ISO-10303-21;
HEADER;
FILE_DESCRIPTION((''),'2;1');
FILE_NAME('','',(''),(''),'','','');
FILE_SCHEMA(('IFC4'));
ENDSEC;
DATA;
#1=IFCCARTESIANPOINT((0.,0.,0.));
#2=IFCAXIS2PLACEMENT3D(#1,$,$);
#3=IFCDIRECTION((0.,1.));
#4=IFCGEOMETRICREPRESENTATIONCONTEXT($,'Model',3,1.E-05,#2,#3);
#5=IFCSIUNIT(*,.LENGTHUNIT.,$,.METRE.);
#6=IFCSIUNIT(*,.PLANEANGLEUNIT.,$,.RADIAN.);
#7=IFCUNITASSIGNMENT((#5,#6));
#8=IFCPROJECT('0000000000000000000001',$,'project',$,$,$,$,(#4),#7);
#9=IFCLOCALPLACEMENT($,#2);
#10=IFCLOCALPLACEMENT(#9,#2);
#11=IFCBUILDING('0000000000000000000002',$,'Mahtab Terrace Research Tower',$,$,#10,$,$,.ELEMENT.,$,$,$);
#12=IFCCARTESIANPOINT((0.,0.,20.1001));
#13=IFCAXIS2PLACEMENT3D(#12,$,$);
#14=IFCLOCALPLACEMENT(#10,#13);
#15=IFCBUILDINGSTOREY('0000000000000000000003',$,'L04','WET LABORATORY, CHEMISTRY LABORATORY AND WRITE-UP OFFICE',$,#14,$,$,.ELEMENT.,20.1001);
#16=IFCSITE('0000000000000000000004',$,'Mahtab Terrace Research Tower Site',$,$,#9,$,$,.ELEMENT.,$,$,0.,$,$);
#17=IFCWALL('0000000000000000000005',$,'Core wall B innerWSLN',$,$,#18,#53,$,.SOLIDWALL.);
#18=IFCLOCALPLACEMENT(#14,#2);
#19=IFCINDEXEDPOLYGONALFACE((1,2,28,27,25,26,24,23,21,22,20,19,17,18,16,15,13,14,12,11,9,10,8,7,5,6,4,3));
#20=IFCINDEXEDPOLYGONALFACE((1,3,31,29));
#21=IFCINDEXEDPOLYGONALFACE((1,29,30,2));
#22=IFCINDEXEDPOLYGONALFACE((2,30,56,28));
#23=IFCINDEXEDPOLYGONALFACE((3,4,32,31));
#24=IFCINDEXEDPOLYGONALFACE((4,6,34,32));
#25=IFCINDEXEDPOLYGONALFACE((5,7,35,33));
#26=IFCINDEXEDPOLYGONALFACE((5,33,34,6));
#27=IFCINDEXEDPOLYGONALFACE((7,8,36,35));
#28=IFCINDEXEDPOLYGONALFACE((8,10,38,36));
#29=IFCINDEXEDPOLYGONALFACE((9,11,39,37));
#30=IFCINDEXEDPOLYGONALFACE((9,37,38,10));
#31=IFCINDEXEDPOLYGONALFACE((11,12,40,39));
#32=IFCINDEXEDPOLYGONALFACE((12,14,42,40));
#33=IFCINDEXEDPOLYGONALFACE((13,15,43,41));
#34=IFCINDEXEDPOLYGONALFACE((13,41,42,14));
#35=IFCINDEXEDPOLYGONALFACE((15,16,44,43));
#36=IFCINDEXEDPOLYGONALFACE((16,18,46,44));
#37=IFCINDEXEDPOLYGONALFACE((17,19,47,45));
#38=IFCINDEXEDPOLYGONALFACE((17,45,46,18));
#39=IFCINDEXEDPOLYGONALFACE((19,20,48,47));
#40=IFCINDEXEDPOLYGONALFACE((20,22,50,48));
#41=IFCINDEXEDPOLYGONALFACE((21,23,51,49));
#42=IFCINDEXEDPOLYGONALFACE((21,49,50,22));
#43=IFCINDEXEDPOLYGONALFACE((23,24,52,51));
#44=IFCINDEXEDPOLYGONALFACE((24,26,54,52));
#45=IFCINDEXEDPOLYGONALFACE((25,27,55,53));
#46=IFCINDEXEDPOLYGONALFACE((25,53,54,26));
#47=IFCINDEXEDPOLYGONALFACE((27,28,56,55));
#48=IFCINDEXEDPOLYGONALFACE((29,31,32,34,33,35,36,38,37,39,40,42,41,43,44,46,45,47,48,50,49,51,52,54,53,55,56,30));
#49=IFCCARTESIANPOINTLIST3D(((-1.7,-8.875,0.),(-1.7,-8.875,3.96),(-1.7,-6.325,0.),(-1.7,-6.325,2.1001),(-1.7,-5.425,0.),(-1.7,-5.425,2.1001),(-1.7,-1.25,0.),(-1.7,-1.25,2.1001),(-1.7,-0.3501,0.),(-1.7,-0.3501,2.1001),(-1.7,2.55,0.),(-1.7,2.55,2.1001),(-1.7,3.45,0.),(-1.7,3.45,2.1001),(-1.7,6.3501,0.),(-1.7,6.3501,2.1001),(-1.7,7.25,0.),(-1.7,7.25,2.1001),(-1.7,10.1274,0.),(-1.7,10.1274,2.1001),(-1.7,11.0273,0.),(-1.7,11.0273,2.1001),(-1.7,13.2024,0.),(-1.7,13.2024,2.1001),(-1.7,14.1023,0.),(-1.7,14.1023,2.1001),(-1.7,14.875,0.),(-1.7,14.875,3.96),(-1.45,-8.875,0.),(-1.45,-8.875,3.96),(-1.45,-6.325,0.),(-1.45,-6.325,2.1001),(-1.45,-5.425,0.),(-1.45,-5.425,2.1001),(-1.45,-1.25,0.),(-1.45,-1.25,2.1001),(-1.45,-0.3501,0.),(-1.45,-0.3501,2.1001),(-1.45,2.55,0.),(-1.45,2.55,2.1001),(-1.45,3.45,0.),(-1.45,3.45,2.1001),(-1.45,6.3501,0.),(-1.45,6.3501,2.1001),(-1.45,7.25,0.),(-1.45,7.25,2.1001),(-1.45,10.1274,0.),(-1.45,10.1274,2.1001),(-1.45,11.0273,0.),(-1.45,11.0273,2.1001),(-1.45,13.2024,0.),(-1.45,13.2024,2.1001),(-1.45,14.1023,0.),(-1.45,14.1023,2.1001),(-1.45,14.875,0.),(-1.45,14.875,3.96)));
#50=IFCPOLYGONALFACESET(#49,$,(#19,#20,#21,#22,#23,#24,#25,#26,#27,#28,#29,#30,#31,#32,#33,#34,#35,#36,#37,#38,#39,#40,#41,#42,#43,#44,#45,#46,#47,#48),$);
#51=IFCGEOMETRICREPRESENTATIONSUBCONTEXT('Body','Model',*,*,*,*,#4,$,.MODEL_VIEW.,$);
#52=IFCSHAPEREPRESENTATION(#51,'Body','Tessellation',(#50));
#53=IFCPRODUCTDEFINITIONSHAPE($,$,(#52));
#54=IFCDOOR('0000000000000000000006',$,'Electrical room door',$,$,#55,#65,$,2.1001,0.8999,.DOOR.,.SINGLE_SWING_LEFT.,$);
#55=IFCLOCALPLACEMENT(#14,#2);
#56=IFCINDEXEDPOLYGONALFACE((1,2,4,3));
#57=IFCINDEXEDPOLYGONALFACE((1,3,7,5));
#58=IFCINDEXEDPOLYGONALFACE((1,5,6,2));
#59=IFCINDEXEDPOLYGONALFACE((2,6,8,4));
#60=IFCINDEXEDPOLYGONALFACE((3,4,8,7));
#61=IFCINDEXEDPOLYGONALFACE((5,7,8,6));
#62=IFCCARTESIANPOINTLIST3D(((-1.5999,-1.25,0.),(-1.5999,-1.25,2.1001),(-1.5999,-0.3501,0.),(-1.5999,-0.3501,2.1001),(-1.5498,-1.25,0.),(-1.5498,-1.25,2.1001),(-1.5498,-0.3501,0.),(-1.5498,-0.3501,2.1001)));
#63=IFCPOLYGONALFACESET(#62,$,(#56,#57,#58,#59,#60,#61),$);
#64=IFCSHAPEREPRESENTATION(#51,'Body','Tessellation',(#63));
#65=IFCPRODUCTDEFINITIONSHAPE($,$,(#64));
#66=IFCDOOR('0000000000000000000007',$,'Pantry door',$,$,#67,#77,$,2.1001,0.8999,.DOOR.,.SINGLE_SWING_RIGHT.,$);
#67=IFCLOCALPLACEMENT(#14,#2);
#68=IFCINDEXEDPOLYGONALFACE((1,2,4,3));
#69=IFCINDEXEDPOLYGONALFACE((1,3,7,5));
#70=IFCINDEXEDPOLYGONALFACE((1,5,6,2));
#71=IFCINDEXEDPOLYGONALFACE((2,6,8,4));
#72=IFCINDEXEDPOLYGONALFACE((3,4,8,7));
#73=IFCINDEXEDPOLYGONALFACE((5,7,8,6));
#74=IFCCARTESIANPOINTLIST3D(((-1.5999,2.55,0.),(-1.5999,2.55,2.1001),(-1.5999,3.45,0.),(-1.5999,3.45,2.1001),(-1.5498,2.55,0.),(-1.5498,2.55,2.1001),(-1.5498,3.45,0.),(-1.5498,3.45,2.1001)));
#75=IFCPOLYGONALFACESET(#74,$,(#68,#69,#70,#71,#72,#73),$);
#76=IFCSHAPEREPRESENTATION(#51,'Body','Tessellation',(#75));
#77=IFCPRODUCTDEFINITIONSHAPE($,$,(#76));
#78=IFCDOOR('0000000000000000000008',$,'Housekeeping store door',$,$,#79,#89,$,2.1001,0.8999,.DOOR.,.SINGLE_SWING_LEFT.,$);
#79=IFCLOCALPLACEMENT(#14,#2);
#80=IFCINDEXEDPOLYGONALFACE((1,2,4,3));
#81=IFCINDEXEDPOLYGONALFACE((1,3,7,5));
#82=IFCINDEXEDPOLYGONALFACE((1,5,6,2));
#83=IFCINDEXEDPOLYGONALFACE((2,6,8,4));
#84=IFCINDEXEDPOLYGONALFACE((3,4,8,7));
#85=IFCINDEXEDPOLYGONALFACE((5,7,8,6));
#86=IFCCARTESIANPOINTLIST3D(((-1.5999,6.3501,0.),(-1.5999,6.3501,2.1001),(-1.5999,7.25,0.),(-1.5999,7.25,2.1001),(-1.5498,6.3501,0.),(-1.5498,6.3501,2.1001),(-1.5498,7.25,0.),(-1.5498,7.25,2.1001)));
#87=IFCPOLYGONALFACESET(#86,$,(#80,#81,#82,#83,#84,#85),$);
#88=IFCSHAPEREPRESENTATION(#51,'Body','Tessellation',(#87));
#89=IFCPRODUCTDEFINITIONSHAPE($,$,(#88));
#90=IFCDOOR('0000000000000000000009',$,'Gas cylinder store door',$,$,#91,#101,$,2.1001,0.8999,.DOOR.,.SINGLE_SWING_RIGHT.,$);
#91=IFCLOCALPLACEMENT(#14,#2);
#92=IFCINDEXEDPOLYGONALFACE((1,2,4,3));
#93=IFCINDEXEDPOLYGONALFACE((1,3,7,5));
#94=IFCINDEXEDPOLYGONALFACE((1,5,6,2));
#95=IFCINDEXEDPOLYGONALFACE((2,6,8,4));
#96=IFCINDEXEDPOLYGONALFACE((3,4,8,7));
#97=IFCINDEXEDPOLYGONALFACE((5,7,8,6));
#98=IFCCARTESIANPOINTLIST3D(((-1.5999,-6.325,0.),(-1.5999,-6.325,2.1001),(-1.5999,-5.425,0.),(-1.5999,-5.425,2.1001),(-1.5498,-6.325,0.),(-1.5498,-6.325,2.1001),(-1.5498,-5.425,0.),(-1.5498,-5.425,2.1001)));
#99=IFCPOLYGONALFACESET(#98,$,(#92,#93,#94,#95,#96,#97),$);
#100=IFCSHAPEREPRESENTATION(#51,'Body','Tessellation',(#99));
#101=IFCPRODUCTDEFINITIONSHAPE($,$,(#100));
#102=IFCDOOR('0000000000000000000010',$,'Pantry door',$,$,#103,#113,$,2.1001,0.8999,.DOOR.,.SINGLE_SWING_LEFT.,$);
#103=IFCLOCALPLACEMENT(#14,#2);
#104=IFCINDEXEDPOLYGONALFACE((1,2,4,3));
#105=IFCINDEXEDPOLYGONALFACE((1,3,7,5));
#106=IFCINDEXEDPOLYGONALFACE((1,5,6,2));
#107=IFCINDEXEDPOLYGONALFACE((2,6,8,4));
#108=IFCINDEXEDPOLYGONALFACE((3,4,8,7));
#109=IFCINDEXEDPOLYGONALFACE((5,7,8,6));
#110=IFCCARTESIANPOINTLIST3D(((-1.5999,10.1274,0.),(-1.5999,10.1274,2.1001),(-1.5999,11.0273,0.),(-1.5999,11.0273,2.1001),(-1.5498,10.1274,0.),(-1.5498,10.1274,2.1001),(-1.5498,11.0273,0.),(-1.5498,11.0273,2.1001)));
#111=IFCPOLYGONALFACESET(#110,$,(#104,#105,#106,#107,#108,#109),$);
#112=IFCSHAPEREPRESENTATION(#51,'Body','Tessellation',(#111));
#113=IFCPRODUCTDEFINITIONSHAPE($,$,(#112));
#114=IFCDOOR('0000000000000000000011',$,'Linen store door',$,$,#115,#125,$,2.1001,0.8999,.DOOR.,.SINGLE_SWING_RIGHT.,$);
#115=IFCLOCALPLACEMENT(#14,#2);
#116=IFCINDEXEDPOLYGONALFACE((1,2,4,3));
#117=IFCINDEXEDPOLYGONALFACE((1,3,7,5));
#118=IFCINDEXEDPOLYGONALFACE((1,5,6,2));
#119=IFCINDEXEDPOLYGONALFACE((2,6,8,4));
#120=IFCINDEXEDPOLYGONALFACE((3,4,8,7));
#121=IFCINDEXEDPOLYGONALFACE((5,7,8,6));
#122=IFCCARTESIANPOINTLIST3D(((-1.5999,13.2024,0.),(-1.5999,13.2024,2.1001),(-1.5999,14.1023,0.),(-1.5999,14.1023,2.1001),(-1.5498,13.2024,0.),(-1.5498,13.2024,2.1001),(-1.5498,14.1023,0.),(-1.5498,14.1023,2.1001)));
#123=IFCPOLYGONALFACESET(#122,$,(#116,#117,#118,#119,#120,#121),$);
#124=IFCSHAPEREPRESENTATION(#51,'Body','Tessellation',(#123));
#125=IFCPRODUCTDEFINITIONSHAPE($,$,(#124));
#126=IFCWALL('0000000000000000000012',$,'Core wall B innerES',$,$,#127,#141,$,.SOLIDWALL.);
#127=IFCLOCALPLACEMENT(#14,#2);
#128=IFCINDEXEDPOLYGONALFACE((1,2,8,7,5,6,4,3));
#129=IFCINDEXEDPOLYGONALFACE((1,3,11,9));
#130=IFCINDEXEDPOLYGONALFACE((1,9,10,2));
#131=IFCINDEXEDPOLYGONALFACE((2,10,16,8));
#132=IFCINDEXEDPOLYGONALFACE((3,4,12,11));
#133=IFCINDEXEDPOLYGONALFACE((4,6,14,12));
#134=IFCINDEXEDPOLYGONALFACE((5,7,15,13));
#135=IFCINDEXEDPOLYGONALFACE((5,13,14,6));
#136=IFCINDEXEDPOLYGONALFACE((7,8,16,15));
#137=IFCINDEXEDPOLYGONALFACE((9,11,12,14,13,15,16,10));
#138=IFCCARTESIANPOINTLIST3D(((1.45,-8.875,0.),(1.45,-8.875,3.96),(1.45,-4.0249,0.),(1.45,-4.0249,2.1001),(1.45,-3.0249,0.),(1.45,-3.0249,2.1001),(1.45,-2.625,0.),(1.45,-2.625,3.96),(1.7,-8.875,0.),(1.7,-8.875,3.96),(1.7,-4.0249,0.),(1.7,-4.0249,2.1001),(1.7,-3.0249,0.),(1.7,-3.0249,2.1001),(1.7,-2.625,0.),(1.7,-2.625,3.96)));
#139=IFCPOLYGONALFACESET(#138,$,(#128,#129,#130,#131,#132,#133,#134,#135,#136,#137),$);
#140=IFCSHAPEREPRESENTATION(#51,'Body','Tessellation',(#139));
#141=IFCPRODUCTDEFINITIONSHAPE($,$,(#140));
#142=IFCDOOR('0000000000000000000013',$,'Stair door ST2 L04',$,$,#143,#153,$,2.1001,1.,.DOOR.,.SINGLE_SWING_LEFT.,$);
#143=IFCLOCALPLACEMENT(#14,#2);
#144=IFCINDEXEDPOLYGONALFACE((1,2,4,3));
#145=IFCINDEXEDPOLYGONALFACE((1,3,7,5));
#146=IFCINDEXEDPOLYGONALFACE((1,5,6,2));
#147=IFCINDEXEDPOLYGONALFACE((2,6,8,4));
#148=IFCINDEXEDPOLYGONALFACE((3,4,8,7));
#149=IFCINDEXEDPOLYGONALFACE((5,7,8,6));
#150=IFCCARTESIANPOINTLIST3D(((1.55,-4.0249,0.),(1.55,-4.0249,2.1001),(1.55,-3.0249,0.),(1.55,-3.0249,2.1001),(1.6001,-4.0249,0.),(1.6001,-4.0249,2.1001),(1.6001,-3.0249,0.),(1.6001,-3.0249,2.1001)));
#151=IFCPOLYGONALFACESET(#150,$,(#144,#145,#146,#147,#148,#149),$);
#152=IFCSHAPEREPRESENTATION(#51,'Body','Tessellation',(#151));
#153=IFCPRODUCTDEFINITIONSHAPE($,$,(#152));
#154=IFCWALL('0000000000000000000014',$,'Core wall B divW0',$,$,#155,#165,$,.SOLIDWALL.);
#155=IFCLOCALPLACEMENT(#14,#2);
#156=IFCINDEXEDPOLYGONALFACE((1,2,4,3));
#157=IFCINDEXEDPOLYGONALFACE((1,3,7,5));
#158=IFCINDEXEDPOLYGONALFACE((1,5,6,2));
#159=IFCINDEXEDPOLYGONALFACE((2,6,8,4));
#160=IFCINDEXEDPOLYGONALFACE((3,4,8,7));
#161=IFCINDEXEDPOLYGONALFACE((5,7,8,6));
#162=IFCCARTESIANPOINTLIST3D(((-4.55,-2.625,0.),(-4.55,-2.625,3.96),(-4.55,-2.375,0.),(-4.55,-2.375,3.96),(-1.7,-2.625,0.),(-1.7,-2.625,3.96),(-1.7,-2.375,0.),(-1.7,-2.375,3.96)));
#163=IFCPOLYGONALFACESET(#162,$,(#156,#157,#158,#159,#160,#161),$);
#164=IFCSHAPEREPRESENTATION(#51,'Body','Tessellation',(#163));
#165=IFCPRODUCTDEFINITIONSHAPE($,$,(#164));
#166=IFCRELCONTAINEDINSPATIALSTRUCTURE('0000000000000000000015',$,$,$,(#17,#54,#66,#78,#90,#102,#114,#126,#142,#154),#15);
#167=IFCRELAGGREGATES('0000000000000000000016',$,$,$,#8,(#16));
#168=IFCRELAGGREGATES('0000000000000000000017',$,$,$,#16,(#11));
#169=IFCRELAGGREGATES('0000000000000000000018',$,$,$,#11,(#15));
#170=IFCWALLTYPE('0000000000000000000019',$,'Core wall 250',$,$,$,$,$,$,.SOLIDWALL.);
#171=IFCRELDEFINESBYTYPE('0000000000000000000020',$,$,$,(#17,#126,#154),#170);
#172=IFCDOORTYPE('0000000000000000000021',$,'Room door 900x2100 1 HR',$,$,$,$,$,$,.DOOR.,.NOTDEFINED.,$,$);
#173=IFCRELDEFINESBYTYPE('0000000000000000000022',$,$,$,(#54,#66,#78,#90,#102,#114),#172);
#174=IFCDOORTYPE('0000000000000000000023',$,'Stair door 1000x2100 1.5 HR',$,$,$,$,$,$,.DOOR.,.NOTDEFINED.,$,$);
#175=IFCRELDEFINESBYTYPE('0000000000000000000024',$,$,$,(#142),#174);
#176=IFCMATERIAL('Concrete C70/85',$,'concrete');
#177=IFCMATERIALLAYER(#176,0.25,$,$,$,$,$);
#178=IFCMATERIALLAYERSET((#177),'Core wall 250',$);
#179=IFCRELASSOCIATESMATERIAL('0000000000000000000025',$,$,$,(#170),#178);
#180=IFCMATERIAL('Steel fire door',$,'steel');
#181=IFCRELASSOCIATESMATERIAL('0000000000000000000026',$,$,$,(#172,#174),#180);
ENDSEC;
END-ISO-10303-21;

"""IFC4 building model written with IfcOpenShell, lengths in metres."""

from ifc_helpers import new_model, si_unit, direction, frame, frame_2d, origin, place, context, subcontext, project, spatial, rectangle, extrude, material, layer, layer_set, type_object, element, fill, save


model = new_model("IFC4")

# Units and contexts
model_context = context("Model", 3, precision=1e-05, world=origin(), true_north=direction((0.0, 1.0)))
body_context = subcontext(model_context, "Body", "Model", "MODEL_VIEW")
ifc_project = project(units=[si_unit("LENGTHUNIT", "METRE"), si_unit("PLANEANGLEUNIT", "RADIAN")], contexts=[model_context])

# Site, building, storey
site_placement = place(None, origin())
site = spatial("IfcSite", under=ifc_project, at=site_placement, Name="Mahtab Terrace Research Tower Site", CompositionType="ELEMENT", RefElevation=0.0)
building_placement = place(site_placement, origin())
building = spatial("IfcBuilding", under=site, at=building_placement, Name="Mahtab Terrace Research Tower", CompositionType="ELEMENT")
storey_placement = place(building_placement, frame((0.0, 0.0, 20.1001)))
storey = spatial("IfcBuildingStorey", under=building, at=storey_placement, Name="L04", Description="WET LABORATORY, CHEMISTRY LABORATORY AND WRITE-UP OFFICE", CompositionType="ELEMENT", Elevation=20.1001)

# Shared definitions
ifc_material_1 = material(Name="Concrete C70/85", Category="concrete")

# Wall, openings, doors
ifc_layer_1 = layer(ifc_material_1, 0.25)
ifc_layer_set_1 = layer_set([ifc_layer_1], Name="Core wall 250")
wall_type_1 = type_object("IfcWallType", Name="Core wall 250", PredefinedType="SOLIDWALL", material=ifc_layer_set_1)
wall_1_placement = place(storey_placement, frame((-1.575, -8.875, 0.0), z_axis=(0.0, 0.0, 1.0), x_axis=(0.0, 1.0, 0.0)))
wall_1 = element("IfcWall", 1, at=wall_1_placement, inside=storey, type_object=wall_type_1, Name="Core wall B innerWSLN", PredefinedType="SOLIDWALL", context=body_context, shape_type="SweptSolid", body=[
    extrude(rectangle(XDim=23.75, YDim=0.25, at=frame_2d((11.875, 0.0))), origin(), (0.0, 0.0, 1.0), 3.96),
])
opening_1_placement = place(wall_1_placement, frame((7.625, 0.0, 0.0)))
opening_1 = element("IfcOpeningElement", 2, at=opening_1_placement, cuts=wall_1, PredefinedType="OPENING", context=body_context, shape_type="SweptSolid", body=[
    extrude(rectangle(XDim=0.8999, YDim=2.1001, at=frame_2d((0.45, 1.05))), frame((0.0, 0.135, 0.0), z_axis=(0.0, -1.0, 0.0), x_axis=(1.0, 0.0, 0.0)), (0.0, 0.0, 1.0), 0.27),
])
opening_2_placement = place(wall_1_placement, frame((11.425, 0.0, 0.0)))
opening_2 = element("IfcOpeningElement", 3, at=opening_2_placement, cuts=wall_1, PredefinedType="OPENING", context=body_context, shape_type="SweptSolid", body=[
    extrude(rectangle(XDim=0.8999, YDim=2.1001, at=frame_2d((0.45, 1.05))), frame((0.0, 0.135, 0.0), z_axis=(0.0, -1.0, 0.0), x_axis=(1.0, 0.0, 0.0)), (0.0, 0.0, 1.0), 0.27),
])
opening_3_placement = place(wall_1_placement, frame((15.2251, 0.0, 0.0)))
opening_3 = element("IfcOpeningElement", 4, at=opening_3_placement, cuts=wall_1, PredefinedType="OPENING", context=body_context, shape_type="SweptSolid", body=[
    extrude(rectangle(XDim=0.8999, YDim=2.1001, at=frame_2d((0.45, 1.05))), frame((0.0, 0.135, 0.0), z_axis=(0.0, -1.0, 0.0), x_axis=(1.0, 0.0, 0.0)), (0.0, 0.0, 1.0), 0.27),
])
opening_4_placement = place(wall_1_placement, frame((2.55, 0.0, 0.0)))
opening_4 = element("IfcOpeningElement", 5, at=opening_4_placement, cuts=wall_1, PredefinedType="OPENING", context=body_context, shape_type="SweptSolid", body=[
    extrude(rectangle(XDim=0.8999, YDim=2.1001, at=frame_2d((0.45, 1.05))), frame((0.0, 0.135, 0.0), z_axis=(0.0, -1.0, 0.0), x_axis=(1.0, 0.0, 0.0)), (0.0, 0.0, 1.0), 0.27),
])
opening_5_placement = place(wall_1_placement, frame((19.0024, 0.0, 0.0)))
opening_5 = element("IfcOpeningElement", 6, at=opening_5_placement, cuts=wall_1, PredefinedType="OPENING", context=body_context, shape_type="SweptSolid", body=[
    extrude(rectangle(XDim=0.8999, YDim=2.1001, at=frame_2d((0.45, 1.05))), frame((0.0, 0.135, 0.0), z_axis=(0.0, -1.0, 0.0), x_axis=(1.0, 0.0, 0.0)), (0.0, 0.0, 1.0), 0.27),
])
opening_6_placement = place(wall_1_placement, frame((22.0774, 0.0, 0.0)))
opening_6 = element("IfcOpeningElement", 7, at=opening_6_placement, cuts=wall_1, PredefinedType="OPENING", context=body_context, shape_type="SweptSolid", body=[
    extrude(rectangle(XDim=0.8999, YDim=2.1001, at=frame_2d((0.45, 1.05))), frame((0.0, 0.135, 0.0), z_axis=(0.0, -1.0, 0.0), x_axis=(1.0, 0.0, 0.0)), (0.0, 0.0, 1.0), 0.27),
])
ifc_material_2 = material(Name="Steel fire door", Category="steel")
door_type_1 = type_object("IfcDoorType", Name="Room door 900x2100 1 HR", OperationType="NOTDEFINED", PredefinedType="DOOR", material=ifc_material_2)
door_1_placement = place(opening_1_placement, origin())
door_1 = element("IfcDoor", 8, at=door_1_placement, inside=storey, type_object=door_type_1, Name="Electrical room door", OperationType="SINGLE_SWING_LEFT", OverallHeight=2.1001, OverallWidth=0.8999, PredefinedType="DOOR", context=body_context, shape_type="SweptSolid", body=[
    extrude(rectangle(XDim=0.8999, YDim=2.1001, at=frame_2d((0.45, 1.05))), frame((0.0, 0.0249, 0.0), z_axis=(0.0, -1.0, 0.0), x_axis=(1.0, 0.0, 0.0)), (0.0, 0.0, 1.0), 0.05),
])
fill(opening_1, door_1)
door_2_placement = place(opening_2_placement, origin())
door_2 = element("IfcDoor", 9, at=door_2_placement, inside=storey, type_object=door_type_1, Name="Pantry door", OperationType="SINGLE_SWING_RIGHT", OverallHeight=2.1001, OverallWidth=0.8999, PredefinedType="DOOR", context=body_context, shape_type="SweptSolid", body=[
    extrude(rectangle(XDim=0.8999, YDim=2.1001, at=frame_2d((0.45, 1.05))), frame((0.0, 0.0249, 0.0), z_axis=(0.0, -1.0, 0.0), x_axis=(1.0, 0.0, 0.0)), (0.0, 0.0, 1.0), 0.05),
])
fill(opening_2, door_2)
door_3_placement = place(opening_3_placement, origin())
door_3 = element("IfcDoor", 10, at=door_3_placement, inside=storey, type_object=door_type_1, Name="Housekeeping store door", OperationType="SINGLE_SWING_LEFT", OverallHeight=2.1001, OverallWidth=0.8999, PredefinedType="DOOR", context=body_context, shape_type="SweptSolid", body=[
    extrude(rectangle(XDim=0.8999, YDim=2.1001, at=frame_2d((0.45, 1.05))), frame((0.0, 0.0249, 0.0), z_axis=(0.0, -1.0, 0.0), x_axis=(1.0, 0.0, 0.0)), (0.0, 0.0, 1.0), 0.05),
])
fill(opening_3, door_3)
door_4_placement = place(opening_4_placement, origin())
door_4 = element("IfcDoor", 11, at=door_4_placement, inside=storey, type_object=door_type_1, Name="Gas cylinder store door", OperationType="SINGLE_SWING_RIGHT", OverallHeight=2.1001, OverallWidth=0.8999, PredefinedType="DOOR", context=body_context, shape_type="SweptSolid", body=[
    extrude(rectangle(XDim=0.8999, YDim=2.1001, at=frame_2d((0.45, 1.05))), frame((0.0, 0.0249, 0.0), z_axis=(0.0, -1.0, 0.0), x_axis=(1.0, 0.0, 0.0)), (0.0, 0.0, 1.0), 0.05),
])
fill(opening_4, door_4)
door_5_placement = place(opening_5_placement, origin())
door_5 = element("IfcDoor", 12, at=door_5_placement, inside=storey, type_object=door_type_1, Name="Pantry door", OperationType="SINGLE_SWING_LEFT", OverallHeight=2.1001, OverallWidth=0.8999, PredefinedType="DOOR", context=body_context, shape_type="SweptSolid", body=[
    extrude(rectangle(XDim=0.8999, YDim=2.1001, at=frame_2d((0.45, 1.05))), frame((0.0, 0.0249, 0.0), z_axis=(0.0, -1.0, 0.0), x_axis=(1.0, 0.0, 0.0)), (0.0, 0.0, 1.0), 0.05),
])
fill(opening_5, door_5)
door_6_placement = place(opening_6_placement, origin())
door_6 = element("IfcDoor", 13, at=door_6_placement, inside=storey, type_object=door_type_1, Name="Linen store door", OperationType="SINGLE_SWING_RIGHT", OverallHeight=2.1001, OverallWidth=0.8999, PredefinedType="DOOR", context=body_context, shape_type="SweptSolid", body=[
    extrude(rectangle(XDim=0.8999, YDim=2.1001, at=frame_2d((0.45, 1.05))), frame((0.0, 0.0249, 0.0), z_axis=(0.0, -1.0, 0.0), x_axis=(1.0, 0.0, 0.0)), (0.0, 0.0, 1.0), 0.05),
])
fill(opening_6, door_6)

# Wall, opening, door
wall_2_placement = place(storey_placement, frame((1.575, -8.875, 0.0), z_axis=(0.0, 0.0, 1.0), x_axis=(0.0, 1.0, 0.0)))
wall_2 = element("IfcWall", 14, at=wall_2_placement, inside=storey, type_object=wall_type_1, Name="Core wall B innerES", PredefinedType="SOLIDWALL", context=body_context, shape_type="SweptSolid", body=[
    extrude(rectangle(XDim=6.25, YDim=0.25, at=frame_2d((3.125, 0.0))), origin(), (0.0, 0.0, 1.0), 3.96),
])
opening_7_placement = place(wall_2_placement, frame((4.8501, 0.0, 0.0)))
opening_7 = element("IfcOpeningElement", 15, at=opening_7_placement, cuts=wall_2, PredefinedType="OPENING", context=body_context, shape_type="SweptSolid", body=[
    extrude(rectangle(XDim=1.0, YDim=2.1001, at=frame_2d((0.5, 1.05))), frame((0.0, 0.135, 0.0), z_axis=(0.0, -1.0, 0.0), x_axis=(1.0, 0.0, 0.0)), (0.0, 0.0, 1.0), 0.27),
])
door_type_2 = type_object("IfcDoorType", Name="Stair door 1000x2100 1.5 HR", OperationType="NOTDEFINED", PredefinedType="DOOR", material=ifc_material_2)
door_7_placement = place(opening_7_placement, origin())
door_7 = element("IfcDoor", 16, at=door_7_placement, inside=storey, type_object=door_type_2, Name="Stair door ST2 L04", OperationType="SINGLE_SWING_LEFT", OverallHeight=2.1001, OverallWidth=1.0, PredefinedType="DOOR", context=body_context, shape_type="SweptSolid", body=[
    extrude(rectangle(XDim=1.0, YDim=2.1001, at=frame_2d((0.5, 1.05))), frame((0.0, 0.0249, 0.0), z_axis=(0.0, -1.0, 0.0), x_axis=(1.0, 0.0, 0.0)), (0.0, 0.0, 1.0), 0.05),
])
fill(opening_7, door_7)

# Wall
wall_3_placement = place(storey_placement, frame((-4.55, -2.5, 0.0), z_axis=(0.0, 0.0, 1.0), x_axis=(1.0, 0.0, 0.0)))
element("IfcWall", 17, at=wall_3_placement, inside=storey, type_object=wall_type_1, Name="Core wall B divW0", PredefinedType="SOLIDWALL", context=body_context, shape_type="SweptSolid", body=[
    extrude(rectangle(XDim=2.8501, YDim=0.25, at=frame_2d((1.425, 0.0))), origin(), (0.0, 0.0, 1.0), 3.96),
])

save(model, "model.ifc")
